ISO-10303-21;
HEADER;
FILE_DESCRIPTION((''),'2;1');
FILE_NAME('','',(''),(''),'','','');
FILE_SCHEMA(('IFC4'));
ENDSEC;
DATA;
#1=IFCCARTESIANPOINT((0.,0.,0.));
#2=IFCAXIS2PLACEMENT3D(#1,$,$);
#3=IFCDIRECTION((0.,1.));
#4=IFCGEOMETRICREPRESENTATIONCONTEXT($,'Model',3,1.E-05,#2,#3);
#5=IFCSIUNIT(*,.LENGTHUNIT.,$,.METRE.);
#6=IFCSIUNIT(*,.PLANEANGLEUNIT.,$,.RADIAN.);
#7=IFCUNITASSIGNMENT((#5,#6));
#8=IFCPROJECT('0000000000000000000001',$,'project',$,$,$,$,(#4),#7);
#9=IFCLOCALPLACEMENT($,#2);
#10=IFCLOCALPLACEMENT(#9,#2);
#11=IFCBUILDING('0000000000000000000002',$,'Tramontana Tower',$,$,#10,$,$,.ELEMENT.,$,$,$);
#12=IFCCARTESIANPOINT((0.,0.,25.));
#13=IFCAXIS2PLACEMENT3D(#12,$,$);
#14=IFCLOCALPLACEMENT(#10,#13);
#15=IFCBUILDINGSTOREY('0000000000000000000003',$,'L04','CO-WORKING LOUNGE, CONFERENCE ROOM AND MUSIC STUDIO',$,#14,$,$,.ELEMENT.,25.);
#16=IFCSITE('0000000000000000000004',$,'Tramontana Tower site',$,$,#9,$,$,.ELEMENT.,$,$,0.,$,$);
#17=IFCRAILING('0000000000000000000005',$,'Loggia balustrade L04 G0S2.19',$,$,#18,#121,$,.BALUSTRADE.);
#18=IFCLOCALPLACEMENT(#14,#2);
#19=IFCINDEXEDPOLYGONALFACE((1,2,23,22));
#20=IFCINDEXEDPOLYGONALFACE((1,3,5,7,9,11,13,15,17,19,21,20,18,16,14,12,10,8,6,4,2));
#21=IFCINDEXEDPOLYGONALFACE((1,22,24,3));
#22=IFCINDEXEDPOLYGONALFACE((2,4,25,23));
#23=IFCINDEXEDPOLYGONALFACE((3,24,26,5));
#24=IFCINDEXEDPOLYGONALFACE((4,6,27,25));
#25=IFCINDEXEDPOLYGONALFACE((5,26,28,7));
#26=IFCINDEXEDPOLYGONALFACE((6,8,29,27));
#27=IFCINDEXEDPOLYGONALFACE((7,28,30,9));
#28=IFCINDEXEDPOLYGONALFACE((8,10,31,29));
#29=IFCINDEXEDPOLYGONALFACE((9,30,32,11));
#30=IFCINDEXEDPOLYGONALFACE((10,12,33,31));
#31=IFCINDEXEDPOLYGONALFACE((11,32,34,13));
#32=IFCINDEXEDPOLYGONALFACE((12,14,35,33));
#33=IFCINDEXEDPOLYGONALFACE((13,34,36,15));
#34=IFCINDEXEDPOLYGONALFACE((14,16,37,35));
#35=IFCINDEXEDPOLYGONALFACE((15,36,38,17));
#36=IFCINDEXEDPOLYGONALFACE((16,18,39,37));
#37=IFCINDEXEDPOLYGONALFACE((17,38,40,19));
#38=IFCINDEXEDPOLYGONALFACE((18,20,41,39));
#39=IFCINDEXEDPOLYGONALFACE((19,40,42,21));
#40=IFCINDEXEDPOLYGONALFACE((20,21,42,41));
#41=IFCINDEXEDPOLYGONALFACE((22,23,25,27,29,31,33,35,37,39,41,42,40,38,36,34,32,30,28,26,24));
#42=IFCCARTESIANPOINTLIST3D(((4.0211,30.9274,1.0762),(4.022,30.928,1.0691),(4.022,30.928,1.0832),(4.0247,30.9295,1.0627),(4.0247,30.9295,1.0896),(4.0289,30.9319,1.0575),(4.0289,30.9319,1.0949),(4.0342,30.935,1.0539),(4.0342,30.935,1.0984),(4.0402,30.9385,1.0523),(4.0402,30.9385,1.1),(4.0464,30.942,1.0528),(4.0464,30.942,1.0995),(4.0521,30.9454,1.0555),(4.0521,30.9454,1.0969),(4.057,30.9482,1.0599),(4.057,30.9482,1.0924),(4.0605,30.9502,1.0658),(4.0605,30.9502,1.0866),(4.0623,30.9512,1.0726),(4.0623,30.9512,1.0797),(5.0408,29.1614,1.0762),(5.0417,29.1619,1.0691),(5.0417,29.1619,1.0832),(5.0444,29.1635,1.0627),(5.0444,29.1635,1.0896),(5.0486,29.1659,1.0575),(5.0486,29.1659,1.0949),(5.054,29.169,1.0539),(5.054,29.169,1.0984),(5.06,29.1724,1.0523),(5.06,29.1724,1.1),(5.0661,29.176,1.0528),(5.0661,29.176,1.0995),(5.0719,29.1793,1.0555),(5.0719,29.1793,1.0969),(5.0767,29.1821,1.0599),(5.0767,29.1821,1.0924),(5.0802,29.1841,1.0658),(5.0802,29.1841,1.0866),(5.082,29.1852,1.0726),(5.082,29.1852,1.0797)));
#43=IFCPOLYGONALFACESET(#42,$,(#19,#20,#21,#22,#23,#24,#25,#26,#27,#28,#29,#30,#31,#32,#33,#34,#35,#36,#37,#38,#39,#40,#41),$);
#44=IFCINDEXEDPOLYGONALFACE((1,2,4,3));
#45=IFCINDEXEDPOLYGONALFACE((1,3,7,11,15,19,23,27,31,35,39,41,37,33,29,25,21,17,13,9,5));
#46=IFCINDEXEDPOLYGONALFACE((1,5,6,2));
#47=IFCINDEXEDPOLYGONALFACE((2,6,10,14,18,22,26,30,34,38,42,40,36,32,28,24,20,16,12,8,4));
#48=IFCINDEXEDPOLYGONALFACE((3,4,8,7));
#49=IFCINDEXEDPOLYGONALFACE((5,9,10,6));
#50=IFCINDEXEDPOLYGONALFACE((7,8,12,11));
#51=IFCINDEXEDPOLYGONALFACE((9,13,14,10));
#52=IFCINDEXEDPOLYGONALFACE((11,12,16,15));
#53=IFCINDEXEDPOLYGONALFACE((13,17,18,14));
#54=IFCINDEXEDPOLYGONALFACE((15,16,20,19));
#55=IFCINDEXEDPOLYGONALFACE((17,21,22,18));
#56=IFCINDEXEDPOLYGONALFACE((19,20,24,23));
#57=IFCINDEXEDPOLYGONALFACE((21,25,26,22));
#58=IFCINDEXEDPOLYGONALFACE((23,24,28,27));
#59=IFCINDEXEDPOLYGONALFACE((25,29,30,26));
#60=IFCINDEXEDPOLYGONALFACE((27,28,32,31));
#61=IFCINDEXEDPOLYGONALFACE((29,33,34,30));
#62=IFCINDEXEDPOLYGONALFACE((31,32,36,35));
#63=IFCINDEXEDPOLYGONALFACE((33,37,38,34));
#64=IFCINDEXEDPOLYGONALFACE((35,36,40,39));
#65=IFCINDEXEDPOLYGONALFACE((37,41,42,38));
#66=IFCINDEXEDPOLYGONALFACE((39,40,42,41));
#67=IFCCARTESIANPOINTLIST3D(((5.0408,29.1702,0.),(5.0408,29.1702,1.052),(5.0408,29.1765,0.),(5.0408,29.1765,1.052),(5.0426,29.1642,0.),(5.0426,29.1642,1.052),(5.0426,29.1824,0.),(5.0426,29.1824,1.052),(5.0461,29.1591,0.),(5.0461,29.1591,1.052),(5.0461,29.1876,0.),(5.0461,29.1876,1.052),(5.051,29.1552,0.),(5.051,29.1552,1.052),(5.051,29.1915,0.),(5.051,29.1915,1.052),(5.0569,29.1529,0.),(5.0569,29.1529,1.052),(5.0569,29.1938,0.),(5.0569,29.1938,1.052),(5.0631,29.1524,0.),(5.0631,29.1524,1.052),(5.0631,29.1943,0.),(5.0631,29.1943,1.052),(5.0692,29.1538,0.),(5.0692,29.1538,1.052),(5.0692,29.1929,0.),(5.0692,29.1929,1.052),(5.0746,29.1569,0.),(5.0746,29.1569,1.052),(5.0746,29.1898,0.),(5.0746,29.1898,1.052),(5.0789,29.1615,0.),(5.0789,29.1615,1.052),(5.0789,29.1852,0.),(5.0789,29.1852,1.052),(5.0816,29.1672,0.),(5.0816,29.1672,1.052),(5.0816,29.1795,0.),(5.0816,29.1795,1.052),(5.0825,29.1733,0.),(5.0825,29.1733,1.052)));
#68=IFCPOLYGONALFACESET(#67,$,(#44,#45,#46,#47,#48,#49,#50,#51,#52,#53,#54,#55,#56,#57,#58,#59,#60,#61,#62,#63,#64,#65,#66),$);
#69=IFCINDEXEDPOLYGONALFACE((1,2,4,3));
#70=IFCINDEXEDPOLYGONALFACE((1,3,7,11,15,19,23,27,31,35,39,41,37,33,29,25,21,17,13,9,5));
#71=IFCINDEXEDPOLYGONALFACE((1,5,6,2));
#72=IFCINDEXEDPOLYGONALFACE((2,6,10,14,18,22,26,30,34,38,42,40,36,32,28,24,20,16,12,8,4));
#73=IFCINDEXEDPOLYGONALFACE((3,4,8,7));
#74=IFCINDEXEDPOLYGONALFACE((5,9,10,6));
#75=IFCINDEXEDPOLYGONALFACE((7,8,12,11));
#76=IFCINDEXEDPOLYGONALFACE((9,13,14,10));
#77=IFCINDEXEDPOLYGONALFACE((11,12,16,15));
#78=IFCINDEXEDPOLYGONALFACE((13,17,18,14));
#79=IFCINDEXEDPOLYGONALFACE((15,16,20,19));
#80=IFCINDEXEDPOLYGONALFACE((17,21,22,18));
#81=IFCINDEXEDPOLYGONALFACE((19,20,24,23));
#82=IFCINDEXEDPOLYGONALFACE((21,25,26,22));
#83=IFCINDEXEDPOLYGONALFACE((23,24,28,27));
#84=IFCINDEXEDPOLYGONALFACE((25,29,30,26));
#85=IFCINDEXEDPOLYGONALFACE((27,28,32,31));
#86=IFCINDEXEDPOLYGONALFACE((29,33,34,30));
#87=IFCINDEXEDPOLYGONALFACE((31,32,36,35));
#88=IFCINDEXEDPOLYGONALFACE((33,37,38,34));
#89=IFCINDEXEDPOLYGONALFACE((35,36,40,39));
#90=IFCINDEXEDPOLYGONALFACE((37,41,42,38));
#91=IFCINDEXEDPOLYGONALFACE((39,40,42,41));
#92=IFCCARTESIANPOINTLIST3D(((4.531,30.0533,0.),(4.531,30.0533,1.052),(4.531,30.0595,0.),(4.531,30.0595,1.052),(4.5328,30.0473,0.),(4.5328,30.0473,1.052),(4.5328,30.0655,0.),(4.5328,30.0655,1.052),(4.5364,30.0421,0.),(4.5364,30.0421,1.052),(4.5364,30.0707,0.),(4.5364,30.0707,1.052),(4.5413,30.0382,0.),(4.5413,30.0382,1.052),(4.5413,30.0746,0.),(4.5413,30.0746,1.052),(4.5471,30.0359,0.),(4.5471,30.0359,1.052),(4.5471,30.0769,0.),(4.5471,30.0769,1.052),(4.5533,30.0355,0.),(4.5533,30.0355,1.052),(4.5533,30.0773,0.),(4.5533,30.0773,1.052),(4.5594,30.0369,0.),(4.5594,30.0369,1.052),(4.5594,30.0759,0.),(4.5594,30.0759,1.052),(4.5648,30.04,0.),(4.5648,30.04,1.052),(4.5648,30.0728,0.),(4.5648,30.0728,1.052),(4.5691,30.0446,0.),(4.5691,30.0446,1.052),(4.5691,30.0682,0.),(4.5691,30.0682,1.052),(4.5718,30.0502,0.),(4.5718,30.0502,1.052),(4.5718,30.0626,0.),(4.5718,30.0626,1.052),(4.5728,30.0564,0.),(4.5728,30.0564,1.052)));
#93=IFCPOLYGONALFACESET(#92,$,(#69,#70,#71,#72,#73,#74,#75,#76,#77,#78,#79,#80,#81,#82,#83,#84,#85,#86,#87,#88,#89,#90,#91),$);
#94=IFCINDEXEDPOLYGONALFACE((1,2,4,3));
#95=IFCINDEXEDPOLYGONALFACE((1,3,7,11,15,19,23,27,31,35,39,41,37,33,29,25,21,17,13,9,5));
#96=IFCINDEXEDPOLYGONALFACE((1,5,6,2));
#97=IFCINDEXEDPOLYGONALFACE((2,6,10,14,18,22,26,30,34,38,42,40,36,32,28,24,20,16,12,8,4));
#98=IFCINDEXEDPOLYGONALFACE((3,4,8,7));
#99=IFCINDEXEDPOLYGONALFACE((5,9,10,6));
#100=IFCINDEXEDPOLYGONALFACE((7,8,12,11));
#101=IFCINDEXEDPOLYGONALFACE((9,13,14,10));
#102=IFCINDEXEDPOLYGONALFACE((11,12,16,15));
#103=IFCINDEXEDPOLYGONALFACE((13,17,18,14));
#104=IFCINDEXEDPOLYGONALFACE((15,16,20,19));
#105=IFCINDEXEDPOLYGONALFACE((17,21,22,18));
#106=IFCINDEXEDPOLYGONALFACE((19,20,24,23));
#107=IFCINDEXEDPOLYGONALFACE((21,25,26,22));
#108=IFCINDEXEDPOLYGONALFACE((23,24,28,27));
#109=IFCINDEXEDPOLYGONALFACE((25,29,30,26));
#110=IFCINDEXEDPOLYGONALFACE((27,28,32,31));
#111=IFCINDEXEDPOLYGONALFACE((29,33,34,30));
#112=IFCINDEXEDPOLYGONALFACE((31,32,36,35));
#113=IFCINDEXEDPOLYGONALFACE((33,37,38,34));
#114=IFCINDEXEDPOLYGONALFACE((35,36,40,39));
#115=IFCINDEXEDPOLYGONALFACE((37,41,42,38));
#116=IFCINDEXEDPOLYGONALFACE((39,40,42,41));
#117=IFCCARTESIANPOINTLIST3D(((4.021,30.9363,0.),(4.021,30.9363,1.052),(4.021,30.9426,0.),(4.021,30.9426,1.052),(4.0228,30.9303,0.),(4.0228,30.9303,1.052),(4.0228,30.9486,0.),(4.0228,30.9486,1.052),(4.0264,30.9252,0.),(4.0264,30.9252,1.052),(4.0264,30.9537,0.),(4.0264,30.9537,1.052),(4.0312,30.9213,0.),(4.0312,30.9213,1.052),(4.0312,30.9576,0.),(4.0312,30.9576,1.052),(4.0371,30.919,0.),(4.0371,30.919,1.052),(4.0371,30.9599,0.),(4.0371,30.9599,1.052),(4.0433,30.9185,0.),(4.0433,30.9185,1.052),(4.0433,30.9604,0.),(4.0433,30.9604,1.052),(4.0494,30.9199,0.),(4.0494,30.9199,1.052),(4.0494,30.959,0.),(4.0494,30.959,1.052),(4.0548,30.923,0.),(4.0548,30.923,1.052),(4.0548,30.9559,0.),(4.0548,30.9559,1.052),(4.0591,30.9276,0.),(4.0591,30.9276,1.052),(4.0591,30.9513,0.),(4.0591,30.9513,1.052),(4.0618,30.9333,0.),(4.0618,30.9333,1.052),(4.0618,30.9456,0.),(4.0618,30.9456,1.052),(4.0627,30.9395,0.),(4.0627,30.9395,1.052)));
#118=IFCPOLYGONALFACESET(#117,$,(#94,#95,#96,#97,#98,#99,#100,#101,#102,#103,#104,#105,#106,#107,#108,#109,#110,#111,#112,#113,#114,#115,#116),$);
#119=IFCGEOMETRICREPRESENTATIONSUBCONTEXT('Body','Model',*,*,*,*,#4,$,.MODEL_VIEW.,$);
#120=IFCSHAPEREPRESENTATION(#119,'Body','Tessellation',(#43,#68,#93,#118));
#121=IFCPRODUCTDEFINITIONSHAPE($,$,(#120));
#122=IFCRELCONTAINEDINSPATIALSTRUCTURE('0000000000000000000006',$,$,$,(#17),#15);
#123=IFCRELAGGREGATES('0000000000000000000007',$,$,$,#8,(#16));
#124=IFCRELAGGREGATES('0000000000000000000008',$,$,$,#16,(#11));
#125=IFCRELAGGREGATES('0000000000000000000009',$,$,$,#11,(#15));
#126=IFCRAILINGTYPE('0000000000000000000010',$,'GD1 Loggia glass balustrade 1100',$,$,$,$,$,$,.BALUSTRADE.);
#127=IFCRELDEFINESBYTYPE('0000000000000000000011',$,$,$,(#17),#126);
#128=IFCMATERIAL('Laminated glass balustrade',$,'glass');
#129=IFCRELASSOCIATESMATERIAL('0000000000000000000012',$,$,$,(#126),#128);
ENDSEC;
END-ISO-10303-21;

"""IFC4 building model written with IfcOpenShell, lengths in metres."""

from ifc_helpers import new_model, si_unit, direction, frame, origin, origin_2d, place, context, subcontext, project, spatial, circle, extrude, material, type_object, element, save


model = new_model("IFC4")

# Units and contexts
model_context = context("Model", 3, precision=1e-05, world=origin(), true_north=direction((0.0, 1.0)))
body_context = subcontext(model_context, "Body", "Model", "MODEL_VIEW")
ifc_project = project(units=[si_unit("LENGTHUNIT", "METRE"), si_unit("PLANEANGLEUNIT", "RADIAN")], contexts=[model_context])

# Site, building, storey
site_placement = place(None, origin())
site = spatial("IfcSite", under=ifc_project, at=site_placement, Name="Tramontana Tower site", CompositionType="ELEMENT", RefElevation=0.0)
building_placement = place(site_placement, origin())
building = spatial("IfcBuilding", under=site, at=building_placement, Name="Tramontana Tower", CompositionType="ELEMENT")
storey_placement = place(building_placement, frame((0.0, 0.0, 25.0)))
storey = spatial("IfcBuildingStorey", under=building, at=storey_placement, Name="L04", Description="CO-WORKING LOUNGE, CONFERENCE ROOM AND MUSIC STUDIO", CompositionType="ELEMENT", Elevation=25.0)

# Railing
ifc_material_1 = material(Name="Laminated glass balustrade", Category="glass")
railing_type = type_object("IfcRailingType", Name="GD1 Loggia glass balustrade 1100", PredefinedType="BALUSTRADE", material=ifc_material_1)
railing_1_placement = place(storey_placement, frame((5.0615, 29.1733, 0.0)))
element("IfcRailing", 1, at=railing_1_placement, inside=storey, type_object=railing_type, Name="Loggia balustrade L04 G0S2.19", PredefinedType="BALUSTRADE", context=body_context, shape_type="SweptSolid", body=[
    extrude(circle(Radius=0.0239, at=origin_2d()), frame((0.0, 0.0, 1.0762), z_axis=(-0.50004, 0.866002, 0.0), x_axis=(-0.866002, -0.50004, 0.0)), (0.0, 0.0, 1.0), 2.0393),
    extrude(circle(Radius=0.021, at=origin_2d()), origin(), (0.0, 0.0, 1.0), 1.052),
    extrude(circle(Radius=0.021, at=origin_2d()), frame((-0.5098, 0.8831, 0.0)), (0.0, 0.0, 1.0), 1.052),
    extrude(circle(Radius=0.021, at=origin_2d()), frame((-1.0198, 1.7661, 0.0)), (0.0, 0.0, 1.0), 1.052),
])

save(model, "model.ifc")
